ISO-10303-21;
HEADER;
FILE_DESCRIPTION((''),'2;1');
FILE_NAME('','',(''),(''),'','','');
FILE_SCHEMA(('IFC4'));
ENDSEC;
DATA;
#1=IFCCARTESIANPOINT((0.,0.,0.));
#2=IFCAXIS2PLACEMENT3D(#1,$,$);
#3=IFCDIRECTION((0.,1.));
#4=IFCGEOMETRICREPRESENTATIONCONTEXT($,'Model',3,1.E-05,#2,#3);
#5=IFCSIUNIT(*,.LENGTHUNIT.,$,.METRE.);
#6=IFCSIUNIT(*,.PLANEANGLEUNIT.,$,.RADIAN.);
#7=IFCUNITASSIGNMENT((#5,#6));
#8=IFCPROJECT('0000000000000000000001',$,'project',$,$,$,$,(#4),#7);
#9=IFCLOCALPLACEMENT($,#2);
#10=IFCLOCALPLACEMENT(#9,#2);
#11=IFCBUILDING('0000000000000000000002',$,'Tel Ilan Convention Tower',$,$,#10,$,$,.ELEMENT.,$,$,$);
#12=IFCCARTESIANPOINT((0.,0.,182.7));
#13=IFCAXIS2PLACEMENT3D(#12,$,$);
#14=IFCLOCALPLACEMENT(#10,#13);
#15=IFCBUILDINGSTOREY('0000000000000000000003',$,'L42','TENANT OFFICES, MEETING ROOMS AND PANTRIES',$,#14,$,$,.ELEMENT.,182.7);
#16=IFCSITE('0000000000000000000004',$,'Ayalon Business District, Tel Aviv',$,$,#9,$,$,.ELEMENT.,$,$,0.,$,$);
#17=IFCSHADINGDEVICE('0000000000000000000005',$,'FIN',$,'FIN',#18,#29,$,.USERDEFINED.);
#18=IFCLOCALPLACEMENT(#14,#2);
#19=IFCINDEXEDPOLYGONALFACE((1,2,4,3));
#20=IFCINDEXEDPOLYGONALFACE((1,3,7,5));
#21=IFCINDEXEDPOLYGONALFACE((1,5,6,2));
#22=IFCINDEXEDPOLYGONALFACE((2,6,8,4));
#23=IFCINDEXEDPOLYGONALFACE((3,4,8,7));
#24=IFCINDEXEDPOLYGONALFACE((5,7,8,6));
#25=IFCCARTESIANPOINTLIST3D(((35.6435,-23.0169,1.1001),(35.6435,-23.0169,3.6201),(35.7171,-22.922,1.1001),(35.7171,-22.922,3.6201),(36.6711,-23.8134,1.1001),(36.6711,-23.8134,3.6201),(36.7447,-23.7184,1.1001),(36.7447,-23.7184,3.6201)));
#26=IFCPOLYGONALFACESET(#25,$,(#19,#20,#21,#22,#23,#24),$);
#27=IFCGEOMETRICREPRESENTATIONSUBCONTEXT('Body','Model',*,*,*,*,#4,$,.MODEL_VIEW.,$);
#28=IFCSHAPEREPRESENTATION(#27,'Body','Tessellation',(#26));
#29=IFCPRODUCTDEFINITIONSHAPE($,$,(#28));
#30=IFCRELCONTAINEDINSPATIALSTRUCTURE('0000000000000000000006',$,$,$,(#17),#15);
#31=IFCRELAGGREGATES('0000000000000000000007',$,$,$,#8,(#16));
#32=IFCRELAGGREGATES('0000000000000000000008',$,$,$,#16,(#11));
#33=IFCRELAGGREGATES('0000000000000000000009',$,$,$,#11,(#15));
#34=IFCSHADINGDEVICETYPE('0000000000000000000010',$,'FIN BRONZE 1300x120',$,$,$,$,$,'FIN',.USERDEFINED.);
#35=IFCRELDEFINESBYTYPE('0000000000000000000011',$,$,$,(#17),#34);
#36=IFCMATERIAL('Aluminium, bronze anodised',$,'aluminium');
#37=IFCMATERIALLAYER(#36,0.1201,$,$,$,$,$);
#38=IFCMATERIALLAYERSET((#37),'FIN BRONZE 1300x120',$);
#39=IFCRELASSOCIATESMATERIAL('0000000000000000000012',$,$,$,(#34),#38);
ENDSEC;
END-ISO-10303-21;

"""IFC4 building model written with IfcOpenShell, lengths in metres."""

from ifc_helpers import new_model, si_unit, direction, frame, origin, origin_2d, place, context, subcontext, project, spatial, rectangle, extrude, material, layer, layer_set, type_object, element, save


model = new_model("IFC4")

# Units and contexts
model_context = context("Model", 3, precision=1e-05, world=origin(), true_north=direction((0.0, 1.0)))
body_context = subcontext(model_context, "Body", "Model", "MODEL_VIEW")
ifc_project = project(units=[si_unit("LENGTHUNIT", "METRE"), si_unit("PLANEANGLEUNIT", "RADIAN")], contexts=[model_context])

# Site, building, storey
site_placement = place(None, origin())
site = spatial("IfcSite", under=ifc_project, at=site_placement, Name="Ayalon Business District, Tel Aviv", CompositionType="ELEMENT", RefElevation=0.0)
building_placement = place(site_placement, origin())
building = spatial("IfcBuilding", under=site, at=building_placement, Name="Tel Ilan Convention Tower", CompositionType="ELEMENT")
storey_placement = place(building_placement, frame((0.0, 0.0, 182.7)))
storey = spatial("IfcBuildingStorey", under=building, at=storey_placement, Name="L42", Description="TENANT OFFICES, MEETING ROOMS AND PANTRIES", CompositionType="ELEMENT", Elevation=182.7)

# Shading device
ifc_material_1 = material(Name="Aluminium, bronze anodised", Category="aluminium")
ifc_layer_1 = layer(ifc_material_1, 0.1201)
ifc_layer_set_1 = layer_set([ifc_layer_1], Name="FIN BRONZE 1300x120")
shading_device_type = type_object("IfcShadingDeviceType", Name="FIN BRONZE 1300x120", ElementType="FIN", PredefinedType="USERDEFINED", material=ifc_layer_set_1)
for number, where, z_axis, x_axis, name in (
    (1, (36.1941, -23.3677, 1.1001), (0.0, 0.0, 1.0), (0.790393, -0.612601, 0.0), "FIN"),
):
    element("IfcShadingDevice", number, at=place(storey_placement, frame(where, z_axis=z_axis, x_axis=x_axis)), inside=storey, type_object=shading_device_type, Name=name, ObjectType="FIN", PredefinedType="USERDEFINED", context=body_context, shape_type="SweptSolid", body=[
        extrude(rectangle(XDim=1.3, YDim=0.1201, at=origin_2d()), origin(), (0.0, 0.0, 1.0), 2.52),
    ])

save(model, "model.ifc")
